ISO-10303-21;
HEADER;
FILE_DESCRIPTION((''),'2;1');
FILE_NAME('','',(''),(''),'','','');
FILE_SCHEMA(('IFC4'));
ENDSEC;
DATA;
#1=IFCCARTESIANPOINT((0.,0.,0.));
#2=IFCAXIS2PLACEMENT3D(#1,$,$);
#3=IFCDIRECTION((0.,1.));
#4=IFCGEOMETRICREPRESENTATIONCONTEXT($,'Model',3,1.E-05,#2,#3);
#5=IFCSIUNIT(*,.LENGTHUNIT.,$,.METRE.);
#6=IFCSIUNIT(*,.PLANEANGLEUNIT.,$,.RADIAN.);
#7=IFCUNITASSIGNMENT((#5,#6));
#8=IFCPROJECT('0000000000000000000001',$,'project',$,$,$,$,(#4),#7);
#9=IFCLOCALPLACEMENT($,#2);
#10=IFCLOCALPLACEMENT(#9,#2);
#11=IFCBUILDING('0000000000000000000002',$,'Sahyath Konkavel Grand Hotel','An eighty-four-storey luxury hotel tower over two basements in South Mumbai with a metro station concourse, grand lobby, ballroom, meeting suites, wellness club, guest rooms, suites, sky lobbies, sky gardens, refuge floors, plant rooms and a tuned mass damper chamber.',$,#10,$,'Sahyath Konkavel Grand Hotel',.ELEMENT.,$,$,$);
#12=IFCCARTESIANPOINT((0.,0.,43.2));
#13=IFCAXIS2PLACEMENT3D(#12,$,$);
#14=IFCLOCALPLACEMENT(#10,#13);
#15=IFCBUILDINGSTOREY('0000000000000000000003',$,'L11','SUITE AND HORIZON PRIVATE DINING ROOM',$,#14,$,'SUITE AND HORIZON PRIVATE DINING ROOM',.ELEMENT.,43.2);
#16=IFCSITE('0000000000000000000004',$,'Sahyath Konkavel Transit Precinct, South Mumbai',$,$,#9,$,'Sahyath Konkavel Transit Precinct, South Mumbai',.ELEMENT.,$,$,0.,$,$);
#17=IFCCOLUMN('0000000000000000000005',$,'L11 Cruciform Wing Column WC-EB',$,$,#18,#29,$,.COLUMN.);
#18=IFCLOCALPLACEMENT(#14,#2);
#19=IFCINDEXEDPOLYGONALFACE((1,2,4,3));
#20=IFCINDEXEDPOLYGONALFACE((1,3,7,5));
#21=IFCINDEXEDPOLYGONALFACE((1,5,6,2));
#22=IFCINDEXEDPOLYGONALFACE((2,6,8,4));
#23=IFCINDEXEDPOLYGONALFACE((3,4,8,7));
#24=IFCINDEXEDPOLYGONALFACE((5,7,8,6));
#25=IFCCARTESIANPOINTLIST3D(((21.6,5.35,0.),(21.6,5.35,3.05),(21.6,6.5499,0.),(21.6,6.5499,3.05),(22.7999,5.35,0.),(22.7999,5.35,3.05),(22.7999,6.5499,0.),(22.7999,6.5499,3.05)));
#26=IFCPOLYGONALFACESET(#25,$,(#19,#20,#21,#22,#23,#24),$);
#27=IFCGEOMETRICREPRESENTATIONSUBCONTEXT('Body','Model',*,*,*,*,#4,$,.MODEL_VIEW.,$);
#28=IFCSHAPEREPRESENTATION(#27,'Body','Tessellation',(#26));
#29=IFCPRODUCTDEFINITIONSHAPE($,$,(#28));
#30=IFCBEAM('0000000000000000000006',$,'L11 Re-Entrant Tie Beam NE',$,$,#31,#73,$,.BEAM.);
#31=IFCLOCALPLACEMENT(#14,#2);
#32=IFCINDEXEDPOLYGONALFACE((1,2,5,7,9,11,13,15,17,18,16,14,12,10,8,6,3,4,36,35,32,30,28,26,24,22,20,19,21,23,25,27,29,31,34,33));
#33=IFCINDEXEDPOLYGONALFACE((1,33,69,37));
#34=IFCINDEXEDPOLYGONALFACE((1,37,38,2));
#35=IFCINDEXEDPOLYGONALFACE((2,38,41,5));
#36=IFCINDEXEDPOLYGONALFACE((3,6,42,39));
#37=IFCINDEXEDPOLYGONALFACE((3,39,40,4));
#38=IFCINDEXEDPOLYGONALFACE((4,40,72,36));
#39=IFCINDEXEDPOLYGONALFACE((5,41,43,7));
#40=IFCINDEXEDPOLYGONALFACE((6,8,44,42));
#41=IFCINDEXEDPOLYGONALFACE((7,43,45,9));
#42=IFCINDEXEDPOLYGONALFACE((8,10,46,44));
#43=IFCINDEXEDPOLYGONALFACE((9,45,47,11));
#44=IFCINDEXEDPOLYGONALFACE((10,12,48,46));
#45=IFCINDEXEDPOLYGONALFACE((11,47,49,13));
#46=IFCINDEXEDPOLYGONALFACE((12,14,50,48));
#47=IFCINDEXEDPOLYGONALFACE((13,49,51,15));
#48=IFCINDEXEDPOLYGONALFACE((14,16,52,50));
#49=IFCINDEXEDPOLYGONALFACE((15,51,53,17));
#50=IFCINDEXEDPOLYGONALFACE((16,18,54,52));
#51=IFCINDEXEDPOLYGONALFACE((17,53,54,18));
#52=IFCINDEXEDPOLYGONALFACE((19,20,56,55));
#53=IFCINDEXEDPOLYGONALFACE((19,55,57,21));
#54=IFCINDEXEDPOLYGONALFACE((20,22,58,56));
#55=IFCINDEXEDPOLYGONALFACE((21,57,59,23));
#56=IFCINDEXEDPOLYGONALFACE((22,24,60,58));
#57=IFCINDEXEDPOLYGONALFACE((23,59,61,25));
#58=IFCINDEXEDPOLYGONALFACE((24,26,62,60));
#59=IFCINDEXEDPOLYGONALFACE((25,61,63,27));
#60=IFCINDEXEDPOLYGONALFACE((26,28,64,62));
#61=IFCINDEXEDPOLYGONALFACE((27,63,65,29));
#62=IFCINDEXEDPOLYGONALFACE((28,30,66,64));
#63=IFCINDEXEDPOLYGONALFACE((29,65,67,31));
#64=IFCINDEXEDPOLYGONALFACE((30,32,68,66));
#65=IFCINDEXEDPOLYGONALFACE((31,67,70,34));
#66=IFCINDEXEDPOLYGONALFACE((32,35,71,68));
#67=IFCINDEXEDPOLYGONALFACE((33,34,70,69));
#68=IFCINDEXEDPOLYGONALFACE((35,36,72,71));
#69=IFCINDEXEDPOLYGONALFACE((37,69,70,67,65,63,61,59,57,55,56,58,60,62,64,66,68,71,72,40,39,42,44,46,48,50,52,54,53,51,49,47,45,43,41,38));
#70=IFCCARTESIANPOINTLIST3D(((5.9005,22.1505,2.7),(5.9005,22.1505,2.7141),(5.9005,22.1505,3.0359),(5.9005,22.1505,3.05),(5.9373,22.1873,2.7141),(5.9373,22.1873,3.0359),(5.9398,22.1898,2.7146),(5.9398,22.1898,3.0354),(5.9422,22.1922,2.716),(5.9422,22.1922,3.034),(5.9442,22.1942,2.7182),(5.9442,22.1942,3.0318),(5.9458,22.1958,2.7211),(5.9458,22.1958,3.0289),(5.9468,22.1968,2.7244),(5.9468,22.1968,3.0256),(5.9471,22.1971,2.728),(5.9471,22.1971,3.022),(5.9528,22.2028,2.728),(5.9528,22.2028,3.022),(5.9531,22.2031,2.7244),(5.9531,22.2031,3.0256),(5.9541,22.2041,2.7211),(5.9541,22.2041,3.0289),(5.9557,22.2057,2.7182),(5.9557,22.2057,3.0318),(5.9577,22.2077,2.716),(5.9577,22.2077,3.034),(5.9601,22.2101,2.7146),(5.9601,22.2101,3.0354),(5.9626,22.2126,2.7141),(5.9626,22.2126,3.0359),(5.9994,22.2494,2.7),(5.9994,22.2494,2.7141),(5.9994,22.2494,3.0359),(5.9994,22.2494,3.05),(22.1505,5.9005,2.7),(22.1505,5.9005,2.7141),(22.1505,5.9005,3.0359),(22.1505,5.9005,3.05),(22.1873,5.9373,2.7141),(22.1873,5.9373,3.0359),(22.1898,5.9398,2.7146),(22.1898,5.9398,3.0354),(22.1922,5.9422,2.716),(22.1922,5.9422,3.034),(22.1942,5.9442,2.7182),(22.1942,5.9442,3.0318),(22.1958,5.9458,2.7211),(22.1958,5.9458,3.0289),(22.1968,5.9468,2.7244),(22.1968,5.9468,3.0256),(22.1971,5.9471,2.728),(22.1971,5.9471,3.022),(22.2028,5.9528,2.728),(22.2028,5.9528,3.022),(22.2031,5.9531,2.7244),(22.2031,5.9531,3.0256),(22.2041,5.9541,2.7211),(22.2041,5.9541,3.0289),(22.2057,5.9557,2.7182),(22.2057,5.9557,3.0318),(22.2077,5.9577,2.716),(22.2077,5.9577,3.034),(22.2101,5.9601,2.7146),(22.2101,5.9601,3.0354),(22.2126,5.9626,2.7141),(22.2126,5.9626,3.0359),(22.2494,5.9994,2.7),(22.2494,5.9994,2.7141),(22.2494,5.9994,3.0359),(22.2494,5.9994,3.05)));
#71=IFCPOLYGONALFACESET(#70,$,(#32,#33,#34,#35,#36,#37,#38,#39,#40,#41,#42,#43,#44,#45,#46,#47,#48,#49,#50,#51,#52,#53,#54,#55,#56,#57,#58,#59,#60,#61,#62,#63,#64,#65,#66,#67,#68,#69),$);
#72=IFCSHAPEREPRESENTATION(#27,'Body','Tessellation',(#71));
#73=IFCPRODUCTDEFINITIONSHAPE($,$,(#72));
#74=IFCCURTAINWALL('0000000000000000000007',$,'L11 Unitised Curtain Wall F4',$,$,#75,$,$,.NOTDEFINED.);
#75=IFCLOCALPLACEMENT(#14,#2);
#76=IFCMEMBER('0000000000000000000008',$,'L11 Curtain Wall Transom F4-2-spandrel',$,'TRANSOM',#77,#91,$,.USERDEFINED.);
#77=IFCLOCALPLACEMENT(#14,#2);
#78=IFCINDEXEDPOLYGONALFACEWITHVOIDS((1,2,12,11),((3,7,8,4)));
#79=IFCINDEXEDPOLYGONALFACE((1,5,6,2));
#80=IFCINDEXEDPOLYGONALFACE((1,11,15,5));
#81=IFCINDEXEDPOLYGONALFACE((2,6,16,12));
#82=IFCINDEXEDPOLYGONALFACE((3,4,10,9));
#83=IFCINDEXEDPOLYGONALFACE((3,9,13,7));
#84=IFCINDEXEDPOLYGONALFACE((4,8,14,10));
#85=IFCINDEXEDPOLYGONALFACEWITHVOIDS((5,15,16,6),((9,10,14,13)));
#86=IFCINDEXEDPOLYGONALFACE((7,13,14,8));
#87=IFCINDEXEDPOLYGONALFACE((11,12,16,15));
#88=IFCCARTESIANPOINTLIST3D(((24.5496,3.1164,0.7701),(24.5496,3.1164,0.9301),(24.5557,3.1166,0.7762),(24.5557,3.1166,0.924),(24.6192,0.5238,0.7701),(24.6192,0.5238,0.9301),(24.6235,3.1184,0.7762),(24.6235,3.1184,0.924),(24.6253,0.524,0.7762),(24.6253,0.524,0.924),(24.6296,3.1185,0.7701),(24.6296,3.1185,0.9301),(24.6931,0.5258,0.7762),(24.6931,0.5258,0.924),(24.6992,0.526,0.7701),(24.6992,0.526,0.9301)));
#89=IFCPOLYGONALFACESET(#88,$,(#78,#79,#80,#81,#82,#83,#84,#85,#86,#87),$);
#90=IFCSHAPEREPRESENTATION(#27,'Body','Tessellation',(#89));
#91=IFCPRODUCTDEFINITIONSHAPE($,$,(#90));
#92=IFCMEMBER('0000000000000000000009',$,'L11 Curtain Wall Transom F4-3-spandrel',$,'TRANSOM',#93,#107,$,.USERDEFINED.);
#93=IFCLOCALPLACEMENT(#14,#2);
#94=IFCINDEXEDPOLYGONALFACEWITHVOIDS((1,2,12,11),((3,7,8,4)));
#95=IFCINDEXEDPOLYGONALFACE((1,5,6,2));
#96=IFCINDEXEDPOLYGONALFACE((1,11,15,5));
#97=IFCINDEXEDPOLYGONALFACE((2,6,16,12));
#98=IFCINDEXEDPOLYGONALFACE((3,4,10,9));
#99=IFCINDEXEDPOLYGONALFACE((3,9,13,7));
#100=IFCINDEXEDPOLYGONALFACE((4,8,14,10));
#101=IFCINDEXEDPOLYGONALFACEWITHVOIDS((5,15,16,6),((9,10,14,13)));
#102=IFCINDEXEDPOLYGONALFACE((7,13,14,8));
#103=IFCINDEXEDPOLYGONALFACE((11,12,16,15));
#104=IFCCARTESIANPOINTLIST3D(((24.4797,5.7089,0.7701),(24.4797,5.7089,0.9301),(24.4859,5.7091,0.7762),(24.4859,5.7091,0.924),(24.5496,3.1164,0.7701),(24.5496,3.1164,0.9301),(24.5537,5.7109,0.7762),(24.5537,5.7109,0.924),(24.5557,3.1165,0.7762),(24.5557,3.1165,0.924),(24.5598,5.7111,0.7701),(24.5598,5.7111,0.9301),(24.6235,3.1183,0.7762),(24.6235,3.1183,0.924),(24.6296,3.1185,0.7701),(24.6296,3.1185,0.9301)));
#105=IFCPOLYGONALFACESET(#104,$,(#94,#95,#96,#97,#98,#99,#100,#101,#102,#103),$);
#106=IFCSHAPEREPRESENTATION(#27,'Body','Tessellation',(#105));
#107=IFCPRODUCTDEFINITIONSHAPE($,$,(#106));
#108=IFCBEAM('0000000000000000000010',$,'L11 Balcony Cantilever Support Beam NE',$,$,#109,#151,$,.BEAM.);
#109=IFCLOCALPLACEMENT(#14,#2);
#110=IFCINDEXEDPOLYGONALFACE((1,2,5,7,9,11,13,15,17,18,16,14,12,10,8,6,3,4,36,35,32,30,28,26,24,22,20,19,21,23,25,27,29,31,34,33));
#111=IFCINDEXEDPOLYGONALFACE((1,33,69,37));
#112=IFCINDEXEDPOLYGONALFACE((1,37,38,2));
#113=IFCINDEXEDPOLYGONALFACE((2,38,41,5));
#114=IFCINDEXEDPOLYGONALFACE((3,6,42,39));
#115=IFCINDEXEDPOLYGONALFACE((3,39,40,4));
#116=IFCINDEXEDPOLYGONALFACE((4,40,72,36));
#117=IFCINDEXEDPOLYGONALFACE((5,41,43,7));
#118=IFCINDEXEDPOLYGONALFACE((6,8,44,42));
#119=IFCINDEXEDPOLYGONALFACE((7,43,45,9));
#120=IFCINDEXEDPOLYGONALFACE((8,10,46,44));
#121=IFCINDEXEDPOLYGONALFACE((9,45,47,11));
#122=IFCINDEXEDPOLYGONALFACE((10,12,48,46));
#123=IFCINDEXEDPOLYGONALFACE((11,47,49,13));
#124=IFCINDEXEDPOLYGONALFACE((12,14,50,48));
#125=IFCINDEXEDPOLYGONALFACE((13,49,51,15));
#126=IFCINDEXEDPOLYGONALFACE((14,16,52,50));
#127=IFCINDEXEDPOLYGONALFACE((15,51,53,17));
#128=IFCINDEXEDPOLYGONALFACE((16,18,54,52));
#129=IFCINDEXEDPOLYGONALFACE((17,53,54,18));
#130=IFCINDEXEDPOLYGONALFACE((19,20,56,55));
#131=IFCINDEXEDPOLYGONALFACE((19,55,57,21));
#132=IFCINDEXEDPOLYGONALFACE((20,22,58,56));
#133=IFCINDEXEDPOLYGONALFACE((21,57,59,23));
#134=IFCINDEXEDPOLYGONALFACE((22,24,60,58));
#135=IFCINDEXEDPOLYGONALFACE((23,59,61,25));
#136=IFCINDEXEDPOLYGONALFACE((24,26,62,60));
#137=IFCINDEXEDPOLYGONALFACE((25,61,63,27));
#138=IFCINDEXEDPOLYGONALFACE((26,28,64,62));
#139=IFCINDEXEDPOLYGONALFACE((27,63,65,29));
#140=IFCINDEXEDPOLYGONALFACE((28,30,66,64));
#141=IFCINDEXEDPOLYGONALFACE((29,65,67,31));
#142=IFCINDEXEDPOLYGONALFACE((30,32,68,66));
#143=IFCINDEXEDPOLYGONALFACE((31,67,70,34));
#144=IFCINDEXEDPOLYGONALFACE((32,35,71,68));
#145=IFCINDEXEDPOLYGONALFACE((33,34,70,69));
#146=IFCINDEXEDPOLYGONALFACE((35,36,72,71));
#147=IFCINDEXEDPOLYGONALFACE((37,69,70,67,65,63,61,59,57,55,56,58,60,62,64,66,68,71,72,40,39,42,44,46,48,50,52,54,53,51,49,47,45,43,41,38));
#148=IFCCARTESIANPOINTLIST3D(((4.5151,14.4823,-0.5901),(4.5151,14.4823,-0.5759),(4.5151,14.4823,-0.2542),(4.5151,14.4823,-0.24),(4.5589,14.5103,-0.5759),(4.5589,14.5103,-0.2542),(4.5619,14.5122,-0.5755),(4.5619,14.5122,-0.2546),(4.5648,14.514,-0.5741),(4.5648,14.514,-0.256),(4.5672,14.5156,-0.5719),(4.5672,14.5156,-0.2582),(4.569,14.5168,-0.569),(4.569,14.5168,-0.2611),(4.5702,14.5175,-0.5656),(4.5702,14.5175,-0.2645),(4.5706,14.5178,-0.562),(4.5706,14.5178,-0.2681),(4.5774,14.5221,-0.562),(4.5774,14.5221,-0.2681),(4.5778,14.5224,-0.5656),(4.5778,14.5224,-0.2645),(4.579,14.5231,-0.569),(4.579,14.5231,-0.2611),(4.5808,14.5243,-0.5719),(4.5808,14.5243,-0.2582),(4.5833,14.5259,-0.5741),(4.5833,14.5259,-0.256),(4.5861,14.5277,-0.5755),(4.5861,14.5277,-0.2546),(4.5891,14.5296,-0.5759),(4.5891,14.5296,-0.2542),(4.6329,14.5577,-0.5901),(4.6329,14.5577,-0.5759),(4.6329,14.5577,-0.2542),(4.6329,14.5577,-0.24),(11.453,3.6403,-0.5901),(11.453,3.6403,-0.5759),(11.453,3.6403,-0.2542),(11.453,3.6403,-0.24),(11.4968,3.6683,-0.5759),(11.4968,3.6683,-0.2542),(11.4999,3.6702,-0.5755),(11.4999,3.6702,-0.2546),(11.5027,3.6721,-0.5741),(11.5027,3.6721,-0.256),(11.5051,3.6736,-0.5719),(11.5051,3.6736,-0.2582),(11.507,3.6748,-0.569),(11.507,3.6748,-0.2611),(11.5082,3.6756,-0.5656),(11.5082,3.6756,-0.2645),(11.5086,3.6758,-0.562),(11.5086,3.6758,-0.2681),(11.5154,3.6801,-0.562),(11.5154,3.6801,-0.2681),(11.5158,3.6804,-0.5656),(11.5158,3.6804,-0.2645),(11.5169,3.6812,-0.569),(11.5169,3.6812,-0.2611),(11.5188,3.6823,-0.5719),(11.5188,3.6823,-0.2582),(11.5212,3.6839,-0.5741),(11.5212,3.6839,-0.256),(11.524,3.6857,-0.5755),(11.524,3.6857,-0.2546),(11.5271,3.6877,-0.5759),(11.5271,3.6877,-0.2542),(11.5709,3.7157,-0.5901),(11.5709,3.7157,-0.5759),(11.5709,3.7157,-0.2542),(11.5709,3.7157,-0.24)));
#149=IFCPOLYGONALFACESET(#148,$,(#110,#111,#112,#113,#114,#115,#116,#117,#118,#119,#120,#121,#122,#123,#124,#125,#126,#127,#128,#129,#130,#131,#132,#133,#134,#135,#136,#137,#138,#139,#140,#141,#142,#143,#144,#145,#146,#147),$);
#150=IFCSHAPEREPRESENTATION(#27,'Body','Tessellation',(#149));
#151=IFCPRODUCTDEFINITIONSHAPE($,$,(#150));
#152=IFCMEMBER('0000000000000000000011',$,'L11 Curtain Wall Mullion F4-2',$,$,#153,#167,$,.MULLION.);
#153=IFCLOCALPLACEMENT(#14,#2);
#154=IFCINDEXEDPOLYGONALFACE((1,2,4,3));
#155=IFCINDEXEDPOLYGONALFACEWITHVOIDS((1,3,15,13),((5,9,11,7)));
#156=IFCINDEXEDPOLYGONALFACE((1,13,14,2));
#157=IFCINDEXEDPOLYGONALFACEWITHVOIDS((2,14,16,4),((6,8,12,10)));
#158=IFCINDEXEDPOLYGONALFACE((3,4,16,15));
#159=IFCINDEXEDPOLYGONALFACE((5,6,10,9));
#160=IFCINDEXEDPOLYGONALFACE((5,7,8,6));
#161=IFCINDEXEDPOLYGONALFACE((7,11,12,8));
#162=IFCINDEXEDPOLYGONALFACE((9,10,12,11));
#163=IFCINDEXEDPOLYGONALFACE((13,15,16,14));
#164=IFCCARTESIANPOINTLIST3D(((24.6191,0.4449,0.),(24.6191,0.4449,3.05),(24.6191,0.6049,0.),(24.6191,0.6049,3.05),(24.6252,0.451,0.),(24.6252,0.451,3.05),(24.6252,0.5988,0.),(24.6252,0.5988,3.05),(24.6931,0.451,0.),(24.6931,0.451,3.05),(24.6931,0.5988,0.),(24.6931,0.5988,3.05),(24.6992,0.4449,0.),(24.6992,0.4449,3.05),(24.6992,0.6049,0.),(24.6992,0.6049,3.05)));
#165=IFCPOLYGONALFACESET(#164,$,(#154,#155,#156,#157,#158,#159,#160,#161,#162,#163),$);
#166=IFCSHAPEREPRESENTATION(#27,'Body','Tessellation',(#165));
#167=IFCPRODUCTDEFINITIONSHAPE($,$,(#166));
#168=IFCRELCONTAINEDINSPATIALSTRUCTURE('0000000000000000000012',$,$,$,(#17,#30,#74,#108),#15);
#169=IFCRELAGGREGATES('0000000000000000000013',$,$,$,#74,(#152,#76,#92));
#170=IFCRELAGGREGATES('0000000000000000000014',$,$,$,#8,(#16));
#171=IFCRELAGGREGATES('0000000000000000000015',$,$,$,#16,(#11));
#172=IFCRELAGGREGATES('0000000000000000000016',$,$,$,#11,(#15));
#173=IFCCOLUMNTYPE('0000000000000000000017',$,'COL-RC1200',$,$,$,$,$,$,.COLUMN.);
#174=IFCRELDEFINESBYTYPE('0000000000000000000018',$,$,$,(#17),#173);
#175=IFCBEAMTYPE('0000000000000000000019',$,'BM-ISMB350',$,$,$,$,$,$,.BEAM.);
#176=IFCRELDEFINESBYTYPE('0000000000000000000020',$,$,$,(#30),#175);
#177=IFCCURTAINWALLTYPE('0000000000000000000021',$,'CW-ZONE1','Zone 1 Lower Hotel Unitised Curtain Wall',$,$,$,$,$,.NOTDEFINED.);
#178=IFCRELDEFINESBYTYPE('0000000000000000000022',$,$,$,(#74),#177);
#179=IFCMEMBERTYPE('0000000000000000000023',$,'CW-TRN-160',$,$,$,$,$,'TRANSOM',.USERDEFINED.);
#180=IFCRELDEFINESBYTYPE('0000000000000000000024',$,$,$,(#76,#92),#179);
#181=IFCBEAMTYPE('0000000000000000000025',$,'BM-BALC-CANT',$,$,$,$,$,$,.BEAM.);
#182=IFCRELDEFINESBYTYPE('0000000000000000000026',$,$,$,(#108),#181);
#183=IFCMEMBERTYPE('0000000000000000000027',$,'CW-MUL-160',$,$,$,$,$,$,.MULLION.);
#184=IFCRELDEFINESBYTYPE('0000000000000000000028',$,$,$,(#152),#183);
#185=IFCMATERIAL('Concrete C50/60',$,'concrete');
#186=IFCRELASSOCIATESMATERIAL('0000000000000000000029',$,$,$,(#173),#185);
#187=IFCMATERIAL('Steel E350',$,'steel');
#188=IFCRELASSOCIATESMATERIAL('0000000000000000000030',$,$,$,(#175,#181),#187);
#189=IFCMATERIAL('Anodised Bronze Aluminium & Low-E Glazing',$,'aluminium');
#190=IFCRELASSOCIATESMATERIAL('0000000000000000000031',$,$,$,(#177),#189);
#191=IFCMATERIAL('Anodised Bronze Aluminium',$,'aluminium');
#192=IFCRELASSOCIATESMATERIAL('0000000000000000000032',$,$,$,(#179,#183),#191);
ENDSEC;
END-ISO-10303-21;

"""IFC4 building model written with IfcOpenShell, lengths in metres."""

from ifc_helpers import new_model, si_unit, direction, frame, origin, origin_2d, place, context, subcontext, project, spatial, rectangle, hollow_rectangle, i_section, extrude, source, transform, mapped, material, material_profile, profile_set, type_object, element, aggregate, save


model = new_model("IFC4")

# Units and contexts
model_context = context("Model", 3, precision=1e-05, world=origin(), true_north=direction((0.0, 1.0)))
body_context = subcontext(model_context, "Body", "Model", "MODEL_VIEW")
ifc_project = project(units=[si_unit("LENGTHUNIT", "METRE"), si_unit("PLANEANGLEUNIT", "RADIAN")], contexts=[model_context])

# Site, building, storey
site_placement = place(None, origin())
site = spatial("IfcSite", under=ifc_project, at=site_placement, Name="Sahyath Konkavel Transit Precinct, South Mumbai", LongName="Sahyath Konkavel Transit Precinct, South Mumbai", CompositionType="ELEMENT", RefElevation=0.0)
building_placement = place(site_placement, origin())
building = spatial("IfcBuilding", under=site, at=building_placement, Name="Sahyath Konkavel Grand Hotel", Description="An eighty-four-storey luxury hotel tower over two basements in South Mumbai with a metro station concourse, grand lobby, ballroom, meeting suites, wellness club, guest rooms, suites, sky lobbies, sky gardens, refuge floors, plant rooms and a tuned mass damper chamber.", LongName="Sahyath Konkavel Grand Hotel", CompositionType="ELEMENT")
storey_placement = place(building_placement, frame((0.0, 0.0, 43.2)))
storey = spatial("IfcBuildingStorey", under=building, at=storey_placement, Name="L11", Description="SUITE AND HORIZON PRIVATE DINING ROOM", LongName="SUITE AND HORIZON PRIVATE DINING ROOM", CompositionType="ELEMENT", Elevation=43.2)

# Column
ifc_material_1 = material(Name="Concrete C50/60", Category="concrete")
ifc_material_profile_1 = material_profile(ifc_material_1, rectangle(XDim=1.2, YDim=1.2, at=origin_2d()), Name="RC 1200x1200")
ifc_profile_set_1 = profile_set([ifc_material_profile_1], Name="Concrete C50/60")
column_type = type_object("IfcColumnType", Name="COL-RC1200", PredefinedType="COLUMN", material=ifc_profile_set_1)
shared_shape_1 = source(origin(), body_context, "Body", "SweptSolid", [
    extrude(rectangle(XDim=1.2, YDim=1.2, at=origin_2d()), origin(), (0.0, 0.0, 1.0), 3.05),
])
column_placement = place(storey_placement, frame((22.2, 5.95, 0.0), z_axis=(0.0, 0.0, 1.0), x_axis=(1.0, 0.0, 0.0)))
element("IfcColumn", 1, at=column_placement, inside=storey, type_object=column_type, Name="L11 Cruciform Wing Column WC-EB", PredefinedType="COLUMN", context=body_context, shape_type="MappedRepresentation", body=[
    mapped(shared_shape_1, transform((0.0, 0.0, 0.0), scale=1.0)),
])

# Beam
ifc_material_2 = material(Name="Steel E350", Category="steel")
ifc_material_profile_2 = material_profile(ifc_material_2, i_section(OverallWidth=0.1399, OverallDepth=0.3501, WebThickness=0.0081, FlangeThickness=0.0142, FilletRadius=0.0139, at=origin_2d()), Name="ISMB 350")
ifc_profile_set_2 = profile_set([ifc_material_profile_2], Name="Steel E350")
beam_type_1 = type_object("IfcBeamType", Name="BM-ISMB350", PredefinedType="BEAM", material=ifc_profile_set_2)
shared_shape_2 = source(origin(), body_context, "Body", "SweptSolid", [
    extrude(i_section(OverallWidth=0.1399, OverallDepth=0.3501, WebThickness=0.0081, FlangeThickness=0.0142, FilletRadius=0.0139, at=origin_2d()), origin(), (0.0, 0.0, 1.0), 22.981),
])
beam_1_placement = place(storey_placement, frame((22.2, 5.95, 2.875), z_axis=(-0.707107, 0.707107, 0.0), x_axis=(-0.707107, -0.707107, 0.0)))
element("IfcBeam", 2, at=beam_1_placement, inside=storey, type_object=beam_type_1, Name="L11 Re-Entrant Tie Beam NE", PredefinedType="BEAM", context=body_context, shape_type="MappedRepresentation", body=[
    mapped(shared_shape_2, transform((0.0, 0.0, 0.0), scale=1.0)),
])

# Curtain wall, members
ifc_material_3 = material(Name="Anodised Bronze Aluminium & Low-E Glazing", Category="aluminium")
curtain_wall_type = type_object("IfcCurtainWallType", Name="CW-ZONE1", Description="Zone 1 Lower Hotel Unitised Curtain Wall", PredefinedType="NOTDEFINED", material=ifc_material_3)
curtain_wall_1_placement = place(storey_placement, origin())
curtain_wall_1 = element("IfcCurtainWall", 3, at=curtain_wall_1_placement, inside=storey, type_object=curtain_wall_type, Name="L11 Unitised Curtain Wall F4", PredefinedType="NOTDEFINED")
ifc_material_4 = material(Name="Anodised Bronze Aluminium", Category="aluminium")
ifc_material_profile_3 = material_profile(ifc_material_4, hollow_rectangle(XDim=0.0801, YDim=0.1599, WallThickness=0.0061, at=origin_2d()), Name="RHS 160x80x6")
ifc_profile_set_3 = profile_set([ifc_material_profile_3], Name="Anodised Bronze Aluminium")
member_type_1 = type_object("IfcMemberType", Name="CW-TRN-160", ElementType="TRANSOM", PredefinedType="USERDEFINED", material=ifc_profile_set_3)
shared_shape_3 = source(origin(), body_context, "Body", "SweptSolid", [
    extrude(hollow_rectangle(XDim=0.0801, YDim=0.1599, WallThickness=0.0061, at=origin_2d()), origin(), (0.0, 0.0, 1.0), 2.5935),
])
member_1_placement = place(storey_placement, frame((24.6592, 0.5249, 0.8501), z_axis=(-0.026829, 0.99964, 0.0), x_axis=(-0.99964, -0.026829, 0.0)))
member_1 = element("IfcMember", 4, at=member_1_placement, type_object=member_type_1, Name="L11 Curtain Wall Transom F4-2-spandrel", ObjectType="TRANSOM", PredefinedType="USERDEFINED", context=body_context, shape_type="MappedRepresentation", body=[
    mapped(shared_shape_3, transform((0.0, 0.0, 0.0), scale=1.0)),
])
member_2_placement = place(storey_placement, frame((24.5896, 3.1174, 0.8501), z_axis=(-0.026923, 0.999638, 0.0), x_axis=(-0.999638, -0.026923, 0.0)))
member_2 = element("IfcMember", 5, at=member_2_placement, type_object=member_type_1, Name="L11 Curtain Wall Transom F4-3-spandrel", ObjectType="TRANSOM", PredefinedType="USERDEFINED", context=body_context, shape_type="MappedRepresentation", body=[
    mapped(shared_shape_3, transform((0.0, 0.0, 0.0), scale=1.0)),
])

# Beam
ifc_material_profile_4 = material_profile(ifc_material_2, i_section(OverallWidth=0.1399, OverallDepth=0.3501, WebThickness=0.0081, FlangeThickness=0.0142, FilletRadius=0.0139, at=origin_2d()), Name="ISMB 350")
ifc_profile_set_4 = profile_set([ifc_material_profile_4], Name="Steel E350")
beam_type_2 = type_object("IfcBeamType", Name="BM-BALC-CANT", PredefinedType="BEAM", material=ifc_profile_set_4)
shared_shape_4 = source(origin(), body_context, "Body", "SweptSolid", [
    extrude(i_section(OverallWidth=0.1399, OverallDepth=0.3501, WebThickness=0.0081, FlangeThickness=0.0142, FilletRadius=0.0139, at=origin_2d()), origin(), (0.0, 0.0, 1.0), 12.8718),
])
beam_2_placement = place(storey_placement, frame((11.512, 3.678, -0.415), z_axis=(-0.539003, 0.842304, 0.0), x_axis=(-0.842304, -0.539003, 0.0)))
element("IfcBeam", 6, at=beam_2_placement, inside=storey, type_object=beam_type_2, Name="L11 Balcony Cantilever Support Beam NE", PredefinedType="BEAM", context=body_context, shape_type="MappedRepresentation", body=[
    mapped(shared_shape_4, transform((0.0, 0.0, 0.0), scale=1.0)),
])

# Member
ifc_material_profile_5 = material_profile(ifc_material_4, hollow_rectangle(XDim=0.0801, YDim=0.1599, WallThickness=0.0061, at=origin_2d()), Name="RHS 160x80x6")
ifc_profile_set_5 = profile_set([ifc_material_profile_5], Name="Anodised Bronze Aluminium")
member_type_2 = type_object("IfcMemberType", Name="CW-MUL-160", PredefinedType="MULLION", material=ifc_profile_set_5)
shared_shape_5 = source(origin(), body_context, "Body", "SweptSolid", [
    extrude(hollow_rectangle(XDim=0.0801, YDim=0.1599, WallThickness=0.0061, at=origin_2d()), origin(), (0.0, 0.0, 1.0), 3.05),
])
member_3_placement = place(storey_placement, frame((24.6592, 0.5249, 0.0), z_axis=(0.0, 0.0, 1.0), x_axis=(1.0, 0.0, 0.0)))
member_3 = element("IfcMember", 7, at=member_3_placement, type_object=member_type_2, Name="L11 Curtain Wall Mullion F4-2", PredefinedType="MULLION", context=body_context, shape_type="MappedRepresentation", body=[
    mapped(shared_shape_5, transform((0.0, 0.0, 0.0), scale=1.0)),
])

aggregate(curtain_wall_1, [member_3, member_1, member_2])

save(model, "model.ifc")
